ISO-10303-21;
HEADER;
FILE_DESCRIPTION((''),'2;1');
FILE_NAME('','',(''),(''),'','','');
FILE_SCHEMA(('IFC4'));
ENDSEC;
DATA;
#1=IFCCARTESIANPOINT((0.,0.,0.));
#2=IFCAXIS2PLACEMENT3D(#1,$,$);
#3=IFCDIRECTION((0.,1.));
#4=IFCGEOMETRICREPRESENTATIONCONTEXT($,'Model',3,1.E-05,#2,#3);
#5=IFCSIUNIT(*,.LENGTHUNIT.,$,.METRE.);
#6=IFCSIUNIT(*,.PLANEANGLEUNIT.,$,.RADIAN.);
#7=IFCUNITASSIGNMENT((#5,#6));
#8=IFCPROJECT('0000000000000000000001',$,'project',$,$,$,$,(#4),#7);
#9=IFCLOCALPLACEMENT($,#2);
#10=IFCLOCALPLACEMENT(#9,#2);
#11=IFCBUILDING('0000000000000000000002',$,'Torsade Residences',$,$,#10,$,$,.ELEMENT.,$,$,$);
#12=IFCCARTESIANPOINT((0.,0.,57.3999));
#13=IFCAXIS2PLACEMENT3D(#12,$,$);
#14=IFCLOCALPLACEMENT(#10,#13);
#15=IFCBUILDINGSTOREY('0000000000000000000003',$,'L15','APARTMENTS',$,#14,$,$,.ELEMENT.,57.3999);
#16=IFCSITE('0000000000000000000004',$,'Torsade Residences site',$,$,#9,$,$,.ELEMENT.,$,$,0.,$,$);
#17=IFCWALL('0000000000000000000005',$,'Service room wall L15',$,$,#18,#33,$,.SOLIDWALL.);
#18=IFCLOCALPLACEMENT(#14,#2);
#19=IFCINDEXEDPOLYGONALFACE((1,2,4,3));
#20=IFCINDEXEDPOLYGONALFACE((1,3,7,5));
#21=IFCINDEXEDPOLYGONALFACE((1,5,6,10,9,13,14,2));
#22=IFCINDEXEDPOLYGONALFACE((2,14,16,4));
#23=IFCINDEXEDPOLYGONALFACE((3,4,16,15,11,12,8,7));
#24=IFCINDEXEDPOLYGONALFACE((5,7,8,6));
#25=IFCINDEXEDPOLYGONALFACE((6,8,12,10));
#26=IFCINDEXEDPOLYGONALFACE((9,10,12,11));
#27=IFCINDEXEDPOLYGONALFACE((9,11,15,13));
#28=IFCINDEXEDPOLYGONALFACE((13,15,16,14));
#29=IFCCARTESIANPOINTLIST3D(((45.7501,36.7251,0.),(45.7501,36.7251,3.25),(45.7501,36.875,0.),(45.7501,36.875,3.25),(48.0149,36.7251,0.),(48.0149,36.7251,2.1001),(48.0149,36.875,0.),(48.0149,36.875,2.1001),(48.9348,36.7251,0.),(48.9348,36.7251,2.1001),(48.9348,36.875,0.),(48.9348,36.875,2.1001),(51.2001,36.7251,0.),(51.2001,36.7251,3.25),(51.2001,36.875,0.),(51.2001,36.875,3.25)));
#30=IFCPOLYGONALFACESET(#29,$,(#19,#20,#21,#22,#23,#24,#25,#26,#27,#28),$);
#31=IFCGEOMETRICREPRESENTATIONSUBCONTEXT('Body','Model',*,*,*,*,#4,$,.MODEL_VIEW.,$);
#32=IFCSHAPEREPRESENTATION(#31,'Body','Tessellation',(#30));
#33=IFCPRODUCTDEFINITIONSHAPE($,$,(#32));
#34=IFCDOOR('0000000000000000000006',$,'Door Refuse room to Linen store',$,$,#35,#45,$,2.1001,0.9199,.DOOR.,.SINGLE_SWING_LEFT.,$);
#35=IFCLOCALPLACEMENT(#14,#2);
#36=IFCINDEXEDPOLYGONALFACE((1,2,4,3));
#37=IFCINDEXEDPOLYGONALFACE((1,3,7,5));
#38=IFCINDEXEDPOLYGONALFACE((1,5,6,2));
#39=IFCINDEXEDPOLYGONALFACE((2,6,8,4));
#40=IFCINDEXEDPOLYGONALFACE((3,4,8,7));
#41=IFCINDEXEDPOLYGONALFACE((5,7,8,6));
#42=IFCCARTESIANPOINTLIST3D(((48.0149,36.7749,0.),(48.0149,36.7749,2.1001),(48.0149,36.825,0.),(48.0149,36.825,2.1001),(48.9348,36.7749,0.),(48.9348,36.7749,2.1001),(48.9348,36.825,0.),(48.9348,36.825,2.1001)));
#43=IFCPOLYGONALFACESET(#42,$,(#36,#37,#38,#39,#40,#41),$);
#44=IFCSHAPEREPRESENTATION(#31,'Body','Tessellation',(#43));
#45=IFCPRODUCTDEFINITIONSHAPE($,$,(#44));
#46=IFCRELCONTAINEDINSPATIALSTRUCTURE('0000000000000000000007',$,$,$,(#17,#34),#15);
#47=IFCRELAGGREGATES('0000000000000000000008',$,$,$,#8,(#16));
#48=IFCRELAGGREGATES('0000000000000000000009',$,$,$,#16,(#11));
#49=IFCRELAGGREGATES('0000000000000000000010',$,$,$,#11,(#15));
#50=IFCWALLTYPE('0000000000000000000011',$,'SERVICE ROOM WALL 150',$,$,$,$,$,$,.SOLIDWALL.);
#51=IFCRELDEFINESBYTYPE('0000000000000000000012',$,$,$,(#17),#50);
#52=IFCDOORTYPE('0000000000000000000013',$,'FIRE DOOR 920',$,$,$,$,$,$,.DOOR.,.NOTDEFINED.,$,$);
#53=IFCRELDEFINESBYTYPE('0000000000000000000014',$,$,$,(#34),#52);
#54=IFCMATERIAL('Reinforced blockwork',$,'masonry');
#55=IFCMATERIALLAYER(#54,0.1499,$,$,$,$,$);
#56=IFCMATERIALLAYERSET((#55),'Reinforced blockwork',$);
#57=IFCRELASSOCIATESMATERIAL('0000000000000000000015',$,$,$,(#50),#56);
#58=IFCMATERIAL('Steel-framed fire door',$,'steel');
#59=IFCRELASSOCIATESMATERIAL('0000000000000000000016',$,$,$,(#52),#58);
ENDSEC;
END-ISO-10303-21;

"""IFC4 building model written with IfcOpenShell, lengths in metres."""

from ifc_helpers import new_model, si_unit, direction, frame, frame_2d, origin, place, context, subcontext, project, spatial, rectangle, extrude, material, layer, layer_set, type_object, element, fill, save


model = new_model("IFC4")

# Units and contexts
model_context = context("Model", 3, precision=1e-05, world=origin(), true_north=direction((0.0, 1.0)))
body_context = subcontext(model_context, "Body", "Model", "MODEL_VIEW")
ifc_project = project(units=[si_unit("LENGTHUNIT", "METRE"), si_unit("PLANEANGLEUNIT", "RADIAN")], contexts=[model_context])

# Site, building, storey
site_placement = place(None, origin())
site = spatial("IfcSite", under=ifc_project, at=site_placement, Name="Torsade Residences site", CompositionType="ELEMENT", RefElevation=0.0)
building_placement = place(site_placement, origin())
building = spatial("IfcBuilding", under=site, at=building_placement, Name="Torsade Residences", CompositionType="ELEMENT")
storey_placement = place(building_placement, frame((0.0, 0.0, 57.3999)))
storey = spatial("IfcBuildingStorey", under=building, at=storey_placement, Name="L15", Description="APARTMENTS", CompositionType="ELEMENT", Elevation=57.3999)

# Shared definitions
ifc_material_1 = material(Name="Reinforced blockwork", Category="masonry")
ifc_layer_1 = layer(ifc_material_1, 0.1499)
ifc_layer_set_1 = layer_set([ifc_layer_1], Name="Reinforced blockwork")
wall_type_1 = type_object("IfcWallType", Name="SERVICE ROOM WALL 150", PredefinedType="SOLIDWALL", material=ifc_layer_set_1)

# Wall, opening, door
wall_1_placement = place(storey_placement, frame((45.75, 36.8, 0.0), z_axis=(0.0, 0.0, 1.0), x_axis=(1.0, 0.0, 0.0)))
wall_1 = element("IfcWall", 1, at=wall_1_placement, inside=storey, type_object=wall_type_1, Name="Service room wall L15", PredefinedType="SOLIDWALL", context=body_context, shape_type="SweptSolid", body=[
    extrude(rectangle(XDim=5.45, YDim=0.1499, at=frame_2d((2.7251, 0.0))), origin(), (0.0, 0.0, 1.0), 3.25),
])
opening_1_placement = place(wall_1_placement, frame((2.2649, 0.0, 0.0)))
opening_1 = element("IfcOpeningElement", 2, at=opening_1_placement, cuts=wall_1, PredefinedType="OPENING", context=body_context, shape_type="SweptSolid", body=[
    extrude(rectangle(XDim=0.9199, YDim=2.1001, at=frame_2d((0.46, 1.05))), frame((0.0, 0.085, 0.0), z_axis=(0.0, -1.0, 0.0), x_axis=(1.0, 0.0, 0.0)), (0.0, 0.0, 1.0), 0.1699),
])
ifc_material_2 = material(Name="Steel-framed fire door", Category="steel")
door_type_1 = type_object("IfcDoorType", Name="FIRE DOOR 920", OperationType="NOTDEFINED", PredefinedType="DOOR", material=ifc_material_2)
door_1_placement = place(opening_1_placement, origin())
door_1 = element("IfcDoor", 3, at=door_1_placement, inside=storey, type_object=door_type_1, Name="Door Refuse room to Linen store", OperationType="SINGLE_SWING_LEFT", OverallHeight=2.1001, OverallWidth=0.9199, PredefinedType="DOOR", context=body_context, shape_type="SweptSolid", body=[
    extrude(rectangle(XDim=0.9199, YDim=2.1001, at=frame_2d((0.46, 1.05))), frame((0.0, 0.0249, 0.0), z_axis=(0.0, -1.0, 0.0), x_axis=(1.0, 0.0, 0.0)), (0.0, 0.0, 1.0), 0.05),
])
fill(opening_1, door_1)

save(model, "model.ifc")
